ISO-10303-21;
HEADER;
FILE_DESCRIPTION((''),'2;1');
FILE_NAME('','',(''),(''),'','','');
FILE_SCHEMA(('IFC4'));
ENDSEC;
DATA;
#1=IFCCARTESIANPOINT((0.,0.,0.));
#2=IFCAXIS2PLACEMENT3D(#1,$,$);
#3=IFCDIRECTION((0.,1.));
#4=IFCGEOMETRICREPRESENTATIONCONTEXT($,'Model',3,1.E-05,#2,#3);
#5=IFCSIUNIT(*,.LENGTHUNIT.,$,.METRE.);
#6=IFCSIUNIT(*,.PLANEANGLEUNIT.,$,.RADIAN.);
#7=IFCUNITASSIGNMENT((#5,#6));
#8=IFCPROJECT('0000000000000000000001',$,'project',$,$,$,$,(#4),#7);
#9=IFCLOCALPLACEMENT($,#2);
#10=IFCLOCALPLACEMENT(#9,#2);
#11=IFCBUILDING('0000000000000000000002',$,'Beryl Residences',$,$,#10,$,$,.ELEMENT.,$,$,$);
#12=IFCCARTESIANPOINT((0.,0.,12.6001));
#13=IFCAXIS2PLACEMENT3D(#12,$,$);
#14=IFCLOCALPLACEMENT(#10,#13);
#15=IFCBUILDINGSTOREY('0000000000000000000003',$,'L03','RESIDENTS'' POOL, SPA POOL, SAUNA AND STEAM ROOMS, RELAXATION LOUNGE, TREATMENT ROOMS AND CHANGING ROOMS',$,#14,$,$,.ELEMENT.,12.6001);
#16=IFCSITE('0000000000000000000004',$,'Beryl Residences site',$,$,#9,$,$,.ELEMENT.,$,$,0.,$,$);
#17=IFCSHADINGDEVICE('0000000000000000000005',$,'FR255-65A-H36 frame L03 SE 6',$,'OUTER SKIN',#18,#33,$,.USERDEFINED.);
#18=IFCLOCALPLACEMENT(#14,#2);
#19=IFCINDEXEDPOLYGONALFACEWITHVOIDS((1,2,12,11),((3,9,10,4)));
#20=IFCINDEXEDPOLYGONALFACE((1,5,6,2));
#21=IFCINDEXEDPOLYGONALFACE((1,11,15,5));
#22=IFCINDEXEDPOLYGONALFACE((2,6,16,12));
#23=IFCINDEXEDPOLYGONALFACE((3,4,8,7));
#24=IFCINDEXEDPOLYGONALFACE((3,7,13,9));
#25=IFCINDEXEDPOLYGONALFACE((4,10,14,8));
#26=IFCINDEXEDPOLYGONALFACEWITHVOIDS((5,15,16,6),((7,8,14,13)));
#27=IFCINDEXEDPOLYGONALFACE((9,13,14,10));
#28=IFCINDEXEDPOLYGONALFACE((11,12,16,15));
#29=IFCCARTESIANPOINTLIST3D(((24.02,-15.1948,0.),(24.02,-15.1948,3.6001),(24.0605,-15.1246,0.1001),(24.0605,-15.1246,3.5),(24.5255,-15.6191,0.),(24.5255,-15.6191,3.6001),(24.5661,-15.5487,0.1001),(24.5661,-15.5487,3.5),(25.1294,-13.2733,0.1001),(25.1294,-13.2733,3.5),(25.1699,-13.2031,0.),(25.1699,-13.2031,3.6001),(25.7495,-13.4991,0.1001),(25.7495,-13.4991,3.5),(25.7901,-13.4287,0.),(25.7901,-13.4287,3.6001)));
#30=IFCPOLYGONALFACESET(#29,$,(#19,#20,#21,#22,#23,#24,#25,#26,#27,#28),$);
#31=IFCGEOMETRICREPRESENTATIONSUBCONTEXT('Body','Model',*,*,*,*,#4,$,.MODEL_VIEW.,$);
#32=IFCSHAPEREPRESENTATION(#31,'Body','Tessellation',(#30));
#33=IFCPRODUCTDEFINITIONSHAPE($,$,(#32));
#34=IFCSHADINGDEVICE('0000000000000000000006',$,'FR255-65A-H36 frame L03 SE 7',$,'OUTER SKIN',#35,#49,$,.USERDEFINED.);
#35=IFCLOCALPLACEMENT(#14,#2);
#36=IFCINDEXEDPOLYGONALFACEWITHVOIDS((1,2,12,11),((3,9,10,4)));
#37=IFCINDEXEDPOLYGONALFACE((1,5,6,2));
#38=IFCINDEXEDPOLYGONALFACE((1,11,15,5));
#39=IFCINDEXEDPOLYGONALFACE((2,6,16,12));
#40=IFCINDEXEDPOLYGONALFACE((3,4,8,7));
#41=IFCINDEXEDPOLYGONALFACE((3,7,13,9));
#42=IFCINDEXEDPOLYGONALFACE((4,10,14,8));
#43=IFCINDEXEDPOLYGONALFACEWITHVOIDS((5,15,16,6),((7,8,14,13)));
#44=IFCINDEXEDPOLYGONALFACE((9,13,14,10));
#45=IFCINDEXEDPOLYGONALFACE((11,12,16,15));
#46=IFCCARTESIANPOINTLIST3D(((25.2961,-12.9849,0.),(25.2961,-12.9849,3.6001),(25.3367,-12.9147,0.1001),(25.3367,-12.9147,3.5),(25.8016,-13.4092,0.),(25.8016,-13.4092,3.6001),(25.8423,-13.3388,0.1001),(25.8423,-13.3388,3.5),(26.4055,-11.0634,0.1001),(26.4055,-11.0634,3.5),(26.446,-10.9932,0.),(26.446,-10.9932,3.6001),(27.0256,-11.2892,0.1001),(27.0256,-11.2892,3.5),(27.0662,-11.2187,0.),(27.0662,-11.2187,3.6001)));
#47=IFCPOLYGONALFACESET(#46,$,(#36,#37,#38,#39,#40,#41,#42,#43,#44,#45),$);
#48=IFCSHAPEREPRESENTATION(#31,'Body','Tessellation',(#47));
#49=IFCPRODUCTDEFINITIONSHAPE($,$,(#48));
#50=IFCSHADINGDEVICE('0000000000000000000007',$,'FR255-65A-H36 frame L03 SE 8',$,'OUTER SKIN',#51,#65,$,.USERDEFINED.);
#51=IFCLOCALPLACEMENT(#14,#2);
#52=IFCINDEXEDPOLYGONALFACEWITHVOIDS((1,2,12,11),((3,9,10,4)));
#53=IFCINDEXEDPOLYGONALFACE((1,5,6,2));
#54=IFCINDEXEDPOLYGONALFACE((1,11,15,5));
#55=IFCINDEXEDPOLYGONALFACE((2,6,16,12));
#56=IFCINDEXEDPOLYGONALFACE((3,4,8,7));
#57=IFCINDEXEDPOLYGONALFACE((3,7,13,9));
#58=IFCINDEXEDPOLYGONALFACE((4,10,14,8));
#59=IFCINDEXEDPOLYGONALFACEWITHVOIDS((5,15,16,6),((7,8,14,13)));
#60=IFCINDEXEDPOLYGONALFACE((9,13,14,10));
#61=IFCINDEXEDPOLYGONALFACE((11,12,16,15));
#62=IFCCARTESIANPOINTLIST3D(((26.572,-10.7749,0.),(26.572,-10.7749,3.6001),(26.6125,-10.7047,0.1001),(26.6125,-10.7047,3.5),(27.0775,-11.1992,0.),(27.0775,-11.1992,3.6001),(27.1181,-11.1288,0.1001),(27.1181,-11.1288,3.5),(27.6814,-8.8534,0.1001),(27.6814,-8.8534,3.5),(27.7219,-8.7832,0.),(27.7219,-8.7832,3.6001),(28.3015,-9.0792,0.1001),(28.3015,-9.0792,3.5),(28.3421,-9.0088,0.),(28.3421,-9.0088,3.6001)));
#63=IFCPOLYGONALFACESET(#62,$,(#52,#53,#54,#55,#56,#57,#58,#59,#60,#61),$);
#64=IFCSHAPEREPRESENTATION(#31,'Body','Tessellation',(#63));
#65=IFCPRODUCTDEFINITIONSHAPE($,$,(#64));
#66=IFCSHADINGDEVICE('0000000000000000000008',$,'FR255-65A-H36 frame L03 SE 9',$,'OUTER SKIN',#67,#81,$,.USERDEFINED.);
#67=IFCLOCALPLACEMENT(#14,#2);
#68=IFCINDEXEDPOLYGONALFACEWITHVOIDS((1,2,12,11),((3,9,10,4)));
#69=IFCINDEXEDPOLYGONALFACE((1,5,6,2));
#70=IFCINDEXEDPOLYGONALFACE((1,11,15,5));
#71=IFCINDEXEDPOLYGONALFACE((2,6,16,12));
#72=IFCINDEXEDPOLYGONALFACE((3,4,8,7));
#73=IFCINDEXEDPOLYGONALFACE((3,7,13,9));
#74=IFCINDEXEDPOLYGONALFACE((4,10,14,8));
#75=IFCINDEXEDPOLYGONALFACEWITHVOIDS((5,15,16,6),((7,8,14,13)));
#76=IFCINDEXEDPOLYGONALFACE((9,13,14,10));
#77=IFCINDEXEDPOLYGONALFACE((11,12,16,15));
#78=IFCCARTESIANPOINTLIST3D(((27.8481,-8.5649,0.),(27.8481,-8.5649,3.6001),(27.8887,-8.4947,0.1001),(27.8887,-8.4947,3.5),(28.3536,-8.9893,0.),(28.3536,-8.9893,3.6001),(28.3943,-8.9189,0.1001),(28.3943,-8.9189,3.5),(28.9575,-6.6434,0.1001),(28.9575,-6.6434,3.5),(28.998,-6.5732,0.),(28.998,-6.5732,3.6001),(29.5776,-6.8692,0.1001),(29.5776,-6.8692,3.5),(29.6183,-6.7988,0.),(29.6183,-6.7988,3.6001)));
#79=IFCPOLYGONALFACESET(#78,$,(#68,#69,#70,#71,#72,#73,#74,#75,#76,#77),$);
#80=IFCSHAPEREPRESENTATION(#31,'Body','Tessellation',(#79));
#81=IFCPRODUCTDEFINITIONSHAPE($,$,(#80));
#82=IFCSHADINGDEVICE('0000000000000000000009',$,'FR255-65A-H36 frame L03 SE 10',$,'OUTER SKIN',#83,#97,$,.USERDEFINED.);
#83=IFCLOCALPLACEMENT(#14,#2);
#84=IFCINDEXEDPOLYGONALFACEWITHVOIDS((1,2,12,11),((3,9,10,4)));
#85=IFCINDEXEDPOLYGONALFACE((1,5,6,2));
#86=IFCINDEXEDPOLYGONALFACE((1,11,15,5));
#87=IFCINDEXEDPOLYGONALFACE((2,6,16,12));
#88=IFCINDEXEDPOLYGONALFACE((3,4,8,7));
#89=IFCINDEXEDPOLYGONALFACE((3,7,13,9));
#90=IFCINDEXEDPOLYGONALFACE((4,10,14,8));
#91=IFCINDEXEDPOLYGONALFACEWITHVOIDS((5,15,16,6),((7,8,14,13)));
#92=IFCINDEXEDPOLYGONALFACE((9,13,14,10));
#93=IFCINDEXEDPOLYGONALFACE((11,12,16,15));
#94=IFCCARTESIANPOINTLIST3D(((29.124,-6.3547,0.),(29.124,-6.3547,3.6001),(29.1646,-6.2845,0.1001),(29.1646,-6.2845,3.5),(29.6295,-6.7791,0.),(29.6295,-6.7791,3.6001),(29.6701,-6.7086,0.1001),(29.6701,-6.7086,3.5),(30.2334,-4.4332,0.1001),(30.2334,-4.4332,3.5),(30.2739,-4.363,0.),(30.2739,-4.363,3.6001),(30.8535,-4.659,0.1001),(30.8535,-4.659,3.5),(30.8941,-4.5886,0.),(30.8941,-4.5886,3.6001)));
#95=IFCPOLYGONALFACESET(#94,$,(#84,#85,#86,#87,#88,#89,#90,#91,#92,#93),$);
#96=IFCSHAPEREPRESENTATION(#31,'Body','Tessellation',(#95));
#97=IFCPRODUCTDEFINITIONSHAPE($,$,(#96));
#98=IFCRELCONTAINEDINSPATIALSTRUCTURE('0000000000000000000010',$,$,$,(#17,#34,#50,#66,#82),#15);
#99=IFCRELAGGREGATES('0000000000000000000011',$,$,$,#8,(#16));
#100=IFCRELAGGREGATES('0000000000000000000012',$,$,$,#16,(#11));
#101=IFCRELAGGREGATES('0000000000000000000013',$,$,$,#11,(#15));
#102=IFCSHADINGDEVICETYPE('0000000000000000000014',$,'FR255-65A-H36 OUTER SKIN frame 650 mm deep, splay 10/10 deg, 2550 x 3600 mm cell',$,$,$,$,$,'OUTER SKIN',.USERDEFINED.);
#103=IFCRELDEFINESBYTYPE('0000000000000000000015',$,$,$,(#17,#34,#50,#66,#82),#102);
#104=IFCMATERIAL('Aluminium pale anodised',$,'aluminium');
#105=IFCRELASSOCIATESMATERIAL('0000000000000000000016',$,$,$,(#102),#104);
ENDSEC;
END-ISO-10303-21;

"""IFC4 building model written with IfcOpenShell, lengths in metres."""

from ifc_helpers import new_model, entity, si_unit, direction, frame, origin, place, context, subcontext, project, spatial, source, transform, mapped, material, type_object, type_shapes, element, save


model = new_model("IFC4")

# Units and contexts
model_context = context("Model", 3, precision=1e-05, world=origin(), true_north=direction((0.0, 1.0)))
body_context = subcontext(model_context, "Body", "Model", "MODEL_VIEW")
ifc_project = project(units=[si_unit("LENGTHUNIT", "METRE"), si_unit("PLANEANGLEUNIT", "RADIAN")], contexts=[model_context])

# Site, building, storey
site_placement = place(None, origin())
site = spatial("IfcSite", under=ifc_project, at=site_placement, Name="Beryl Residences site", CompositionType="ELEMENT", RefElevation=0.0)
building_placement = place(site_placement, origin())
building = spatial("IfcBuilding", under=site, at=building_placement, Name="Beryl Residences", CompositionType="ELEMENT")
storey_placement = place(building_placement, frame((0.0, 0.0, 12.6001)))
storey = spatial("IfcBuildingStorey", under=building, at=storey_placement, Name="L03", Description="RESIDENTS' POOL, SPA POOL, SAUNA AND STEAM ROOMS, RELAXATION LOUNGE, TREATMENT ROOMS AND CHANGING ROOMS", CompositionType="ELEMENT", Elevation=12.6001)

# Shading devices
ifc_material_1 = material(Name="Aluminium pale anodised", Category="aluminium")
shading_device_type = type_object("IfcShadingDeviceType", Name="FR255-65A-H36 OUTER SKIN frame 650 mm deep, splay 10/10 deg, 2550 x 3600 mm cell", ElementType="OUTER SKIN", PredefinedType="USERDEFINED", material=ifc_material_1)
cartesian_point_1 = entity("IfcCartesianPoint", [-1.1499, 0.0])
cartesian_point_2 = entity("IfcCartesianPoint", [-1.0688, 0.1001])
cartesian_point_3 = entity("IfcCartesianPoint", [-1.2646, 0.0])
cartesian_point_4 = entity("IfcCartesianPoint", [-1.1833, 0.1001])
shared_shape = source(origin(), body_context, "Body", "SweptSolid", [
    entity("IfcExtrudedAreaSolidTapered", entity("IfcArbitraryProfileDefWithVoids", "AREA", None, entity("IfcPolyline", [cartesian_point_1, entity("IfcCartesianPoint", [1.1499, 0.0]), entity("IfcCartesianPoint", [1.1499, 3.6001]), entity("IfcCartesianPoint", [-1.1499, 3.6001]), cartesian_point_1]), [entity("IfcPolyline", [cartesian_point_2, entity("IfcCartesianPoint", [1.0688, 0.1001]), entity("IfcCartesianPoint", [1.0688, 3.5]), entity("IfcCartesianPoint", [-1.0688, 3.5]), cartesian_point_2])]), entity("IfcAxis2Placement3D", entity("IfcCartesianPoint", [0.0, 0.0, 0.0]), entity("IfcDirection", [0.0, 1.0, 0.0]), entity("IfcDirection", [-1.0, 0.0, 0.0])), entity("IfcDirection", [0.0, 0.0, 1.0]), 0.6499, entity("IfcArbitraryProfileDefWithVoids", "AREA", None, entity("IfcPolyline", [cartesian_point_3, entity("IfcCartesianPoint", [1.2646, 0.0]), entity("IfcCartesianPoint", [1.2646, 3.6001]), entity("IfcCartesianPoint", [-1.2646, 3.6001]), cartesian_point_3]), [entity("IfcPolyline", [cartesian_point_4, entity("IfcCartesianPoint", [1.1833, 0.1001]), entity("IfcCartesianPoint", [1.1833, 3.5]), entity("IfcCartesianPoint", [-1.1833, 3.5]), cartesian_point_4])])),
])
type_shapes(shading_device_type, [shared_shape])
for number, where, z_axis, x_axis, name in (
    (1, (24.595, -14.199, 0.0), (0.0, 0.0, 1.0), (-0.5, -0.866025, 0.0), "FR255-65A-H36 frame L03 SE 6"),
    (2, (25.8711, -11.989, 0.0), (0.0, 0.0, 1.0), (-0.5, -0.866025, 0.0), "FR255-65A-H36 frame L03 SE 7"),
    (3, (27.147, -9.7791, 0.0), (0.0, 0.0, 1.0), (-0.5, -0.866025, 0.0), "FR255-65A-H36 frame L03 SE 8"),
    (4, (28.4231, -7.5691, 0.0), (0.0, 0.0, 1.0), (-0.5, -0.866025, 0.0), "FR255-65A-H36 frame L03 SE 9"),
    (5, (29.699, -5.3589, 0.0), (0.0, 0.0, 1.0), (-0.5, -0.866025, 0.0), "FR255-65A-H36 frame L03 SE 10"),
):
    element("IfcShadingDevice", number, at=place(storey_placement, frame(where, z_axis=z_axis, x_axis=x_axis)), inside=storey, type_object=shading_device_type, Name=name, ObjectType="OUTER SKIN", PredefinedType="USERDEFINED", context=body_context, shape_type="MappedRepresentation", body=[
        mapped(shared_shape, transform((0.0, 0.0, 0.0))),
    ])

save(model, "model.ifc")
